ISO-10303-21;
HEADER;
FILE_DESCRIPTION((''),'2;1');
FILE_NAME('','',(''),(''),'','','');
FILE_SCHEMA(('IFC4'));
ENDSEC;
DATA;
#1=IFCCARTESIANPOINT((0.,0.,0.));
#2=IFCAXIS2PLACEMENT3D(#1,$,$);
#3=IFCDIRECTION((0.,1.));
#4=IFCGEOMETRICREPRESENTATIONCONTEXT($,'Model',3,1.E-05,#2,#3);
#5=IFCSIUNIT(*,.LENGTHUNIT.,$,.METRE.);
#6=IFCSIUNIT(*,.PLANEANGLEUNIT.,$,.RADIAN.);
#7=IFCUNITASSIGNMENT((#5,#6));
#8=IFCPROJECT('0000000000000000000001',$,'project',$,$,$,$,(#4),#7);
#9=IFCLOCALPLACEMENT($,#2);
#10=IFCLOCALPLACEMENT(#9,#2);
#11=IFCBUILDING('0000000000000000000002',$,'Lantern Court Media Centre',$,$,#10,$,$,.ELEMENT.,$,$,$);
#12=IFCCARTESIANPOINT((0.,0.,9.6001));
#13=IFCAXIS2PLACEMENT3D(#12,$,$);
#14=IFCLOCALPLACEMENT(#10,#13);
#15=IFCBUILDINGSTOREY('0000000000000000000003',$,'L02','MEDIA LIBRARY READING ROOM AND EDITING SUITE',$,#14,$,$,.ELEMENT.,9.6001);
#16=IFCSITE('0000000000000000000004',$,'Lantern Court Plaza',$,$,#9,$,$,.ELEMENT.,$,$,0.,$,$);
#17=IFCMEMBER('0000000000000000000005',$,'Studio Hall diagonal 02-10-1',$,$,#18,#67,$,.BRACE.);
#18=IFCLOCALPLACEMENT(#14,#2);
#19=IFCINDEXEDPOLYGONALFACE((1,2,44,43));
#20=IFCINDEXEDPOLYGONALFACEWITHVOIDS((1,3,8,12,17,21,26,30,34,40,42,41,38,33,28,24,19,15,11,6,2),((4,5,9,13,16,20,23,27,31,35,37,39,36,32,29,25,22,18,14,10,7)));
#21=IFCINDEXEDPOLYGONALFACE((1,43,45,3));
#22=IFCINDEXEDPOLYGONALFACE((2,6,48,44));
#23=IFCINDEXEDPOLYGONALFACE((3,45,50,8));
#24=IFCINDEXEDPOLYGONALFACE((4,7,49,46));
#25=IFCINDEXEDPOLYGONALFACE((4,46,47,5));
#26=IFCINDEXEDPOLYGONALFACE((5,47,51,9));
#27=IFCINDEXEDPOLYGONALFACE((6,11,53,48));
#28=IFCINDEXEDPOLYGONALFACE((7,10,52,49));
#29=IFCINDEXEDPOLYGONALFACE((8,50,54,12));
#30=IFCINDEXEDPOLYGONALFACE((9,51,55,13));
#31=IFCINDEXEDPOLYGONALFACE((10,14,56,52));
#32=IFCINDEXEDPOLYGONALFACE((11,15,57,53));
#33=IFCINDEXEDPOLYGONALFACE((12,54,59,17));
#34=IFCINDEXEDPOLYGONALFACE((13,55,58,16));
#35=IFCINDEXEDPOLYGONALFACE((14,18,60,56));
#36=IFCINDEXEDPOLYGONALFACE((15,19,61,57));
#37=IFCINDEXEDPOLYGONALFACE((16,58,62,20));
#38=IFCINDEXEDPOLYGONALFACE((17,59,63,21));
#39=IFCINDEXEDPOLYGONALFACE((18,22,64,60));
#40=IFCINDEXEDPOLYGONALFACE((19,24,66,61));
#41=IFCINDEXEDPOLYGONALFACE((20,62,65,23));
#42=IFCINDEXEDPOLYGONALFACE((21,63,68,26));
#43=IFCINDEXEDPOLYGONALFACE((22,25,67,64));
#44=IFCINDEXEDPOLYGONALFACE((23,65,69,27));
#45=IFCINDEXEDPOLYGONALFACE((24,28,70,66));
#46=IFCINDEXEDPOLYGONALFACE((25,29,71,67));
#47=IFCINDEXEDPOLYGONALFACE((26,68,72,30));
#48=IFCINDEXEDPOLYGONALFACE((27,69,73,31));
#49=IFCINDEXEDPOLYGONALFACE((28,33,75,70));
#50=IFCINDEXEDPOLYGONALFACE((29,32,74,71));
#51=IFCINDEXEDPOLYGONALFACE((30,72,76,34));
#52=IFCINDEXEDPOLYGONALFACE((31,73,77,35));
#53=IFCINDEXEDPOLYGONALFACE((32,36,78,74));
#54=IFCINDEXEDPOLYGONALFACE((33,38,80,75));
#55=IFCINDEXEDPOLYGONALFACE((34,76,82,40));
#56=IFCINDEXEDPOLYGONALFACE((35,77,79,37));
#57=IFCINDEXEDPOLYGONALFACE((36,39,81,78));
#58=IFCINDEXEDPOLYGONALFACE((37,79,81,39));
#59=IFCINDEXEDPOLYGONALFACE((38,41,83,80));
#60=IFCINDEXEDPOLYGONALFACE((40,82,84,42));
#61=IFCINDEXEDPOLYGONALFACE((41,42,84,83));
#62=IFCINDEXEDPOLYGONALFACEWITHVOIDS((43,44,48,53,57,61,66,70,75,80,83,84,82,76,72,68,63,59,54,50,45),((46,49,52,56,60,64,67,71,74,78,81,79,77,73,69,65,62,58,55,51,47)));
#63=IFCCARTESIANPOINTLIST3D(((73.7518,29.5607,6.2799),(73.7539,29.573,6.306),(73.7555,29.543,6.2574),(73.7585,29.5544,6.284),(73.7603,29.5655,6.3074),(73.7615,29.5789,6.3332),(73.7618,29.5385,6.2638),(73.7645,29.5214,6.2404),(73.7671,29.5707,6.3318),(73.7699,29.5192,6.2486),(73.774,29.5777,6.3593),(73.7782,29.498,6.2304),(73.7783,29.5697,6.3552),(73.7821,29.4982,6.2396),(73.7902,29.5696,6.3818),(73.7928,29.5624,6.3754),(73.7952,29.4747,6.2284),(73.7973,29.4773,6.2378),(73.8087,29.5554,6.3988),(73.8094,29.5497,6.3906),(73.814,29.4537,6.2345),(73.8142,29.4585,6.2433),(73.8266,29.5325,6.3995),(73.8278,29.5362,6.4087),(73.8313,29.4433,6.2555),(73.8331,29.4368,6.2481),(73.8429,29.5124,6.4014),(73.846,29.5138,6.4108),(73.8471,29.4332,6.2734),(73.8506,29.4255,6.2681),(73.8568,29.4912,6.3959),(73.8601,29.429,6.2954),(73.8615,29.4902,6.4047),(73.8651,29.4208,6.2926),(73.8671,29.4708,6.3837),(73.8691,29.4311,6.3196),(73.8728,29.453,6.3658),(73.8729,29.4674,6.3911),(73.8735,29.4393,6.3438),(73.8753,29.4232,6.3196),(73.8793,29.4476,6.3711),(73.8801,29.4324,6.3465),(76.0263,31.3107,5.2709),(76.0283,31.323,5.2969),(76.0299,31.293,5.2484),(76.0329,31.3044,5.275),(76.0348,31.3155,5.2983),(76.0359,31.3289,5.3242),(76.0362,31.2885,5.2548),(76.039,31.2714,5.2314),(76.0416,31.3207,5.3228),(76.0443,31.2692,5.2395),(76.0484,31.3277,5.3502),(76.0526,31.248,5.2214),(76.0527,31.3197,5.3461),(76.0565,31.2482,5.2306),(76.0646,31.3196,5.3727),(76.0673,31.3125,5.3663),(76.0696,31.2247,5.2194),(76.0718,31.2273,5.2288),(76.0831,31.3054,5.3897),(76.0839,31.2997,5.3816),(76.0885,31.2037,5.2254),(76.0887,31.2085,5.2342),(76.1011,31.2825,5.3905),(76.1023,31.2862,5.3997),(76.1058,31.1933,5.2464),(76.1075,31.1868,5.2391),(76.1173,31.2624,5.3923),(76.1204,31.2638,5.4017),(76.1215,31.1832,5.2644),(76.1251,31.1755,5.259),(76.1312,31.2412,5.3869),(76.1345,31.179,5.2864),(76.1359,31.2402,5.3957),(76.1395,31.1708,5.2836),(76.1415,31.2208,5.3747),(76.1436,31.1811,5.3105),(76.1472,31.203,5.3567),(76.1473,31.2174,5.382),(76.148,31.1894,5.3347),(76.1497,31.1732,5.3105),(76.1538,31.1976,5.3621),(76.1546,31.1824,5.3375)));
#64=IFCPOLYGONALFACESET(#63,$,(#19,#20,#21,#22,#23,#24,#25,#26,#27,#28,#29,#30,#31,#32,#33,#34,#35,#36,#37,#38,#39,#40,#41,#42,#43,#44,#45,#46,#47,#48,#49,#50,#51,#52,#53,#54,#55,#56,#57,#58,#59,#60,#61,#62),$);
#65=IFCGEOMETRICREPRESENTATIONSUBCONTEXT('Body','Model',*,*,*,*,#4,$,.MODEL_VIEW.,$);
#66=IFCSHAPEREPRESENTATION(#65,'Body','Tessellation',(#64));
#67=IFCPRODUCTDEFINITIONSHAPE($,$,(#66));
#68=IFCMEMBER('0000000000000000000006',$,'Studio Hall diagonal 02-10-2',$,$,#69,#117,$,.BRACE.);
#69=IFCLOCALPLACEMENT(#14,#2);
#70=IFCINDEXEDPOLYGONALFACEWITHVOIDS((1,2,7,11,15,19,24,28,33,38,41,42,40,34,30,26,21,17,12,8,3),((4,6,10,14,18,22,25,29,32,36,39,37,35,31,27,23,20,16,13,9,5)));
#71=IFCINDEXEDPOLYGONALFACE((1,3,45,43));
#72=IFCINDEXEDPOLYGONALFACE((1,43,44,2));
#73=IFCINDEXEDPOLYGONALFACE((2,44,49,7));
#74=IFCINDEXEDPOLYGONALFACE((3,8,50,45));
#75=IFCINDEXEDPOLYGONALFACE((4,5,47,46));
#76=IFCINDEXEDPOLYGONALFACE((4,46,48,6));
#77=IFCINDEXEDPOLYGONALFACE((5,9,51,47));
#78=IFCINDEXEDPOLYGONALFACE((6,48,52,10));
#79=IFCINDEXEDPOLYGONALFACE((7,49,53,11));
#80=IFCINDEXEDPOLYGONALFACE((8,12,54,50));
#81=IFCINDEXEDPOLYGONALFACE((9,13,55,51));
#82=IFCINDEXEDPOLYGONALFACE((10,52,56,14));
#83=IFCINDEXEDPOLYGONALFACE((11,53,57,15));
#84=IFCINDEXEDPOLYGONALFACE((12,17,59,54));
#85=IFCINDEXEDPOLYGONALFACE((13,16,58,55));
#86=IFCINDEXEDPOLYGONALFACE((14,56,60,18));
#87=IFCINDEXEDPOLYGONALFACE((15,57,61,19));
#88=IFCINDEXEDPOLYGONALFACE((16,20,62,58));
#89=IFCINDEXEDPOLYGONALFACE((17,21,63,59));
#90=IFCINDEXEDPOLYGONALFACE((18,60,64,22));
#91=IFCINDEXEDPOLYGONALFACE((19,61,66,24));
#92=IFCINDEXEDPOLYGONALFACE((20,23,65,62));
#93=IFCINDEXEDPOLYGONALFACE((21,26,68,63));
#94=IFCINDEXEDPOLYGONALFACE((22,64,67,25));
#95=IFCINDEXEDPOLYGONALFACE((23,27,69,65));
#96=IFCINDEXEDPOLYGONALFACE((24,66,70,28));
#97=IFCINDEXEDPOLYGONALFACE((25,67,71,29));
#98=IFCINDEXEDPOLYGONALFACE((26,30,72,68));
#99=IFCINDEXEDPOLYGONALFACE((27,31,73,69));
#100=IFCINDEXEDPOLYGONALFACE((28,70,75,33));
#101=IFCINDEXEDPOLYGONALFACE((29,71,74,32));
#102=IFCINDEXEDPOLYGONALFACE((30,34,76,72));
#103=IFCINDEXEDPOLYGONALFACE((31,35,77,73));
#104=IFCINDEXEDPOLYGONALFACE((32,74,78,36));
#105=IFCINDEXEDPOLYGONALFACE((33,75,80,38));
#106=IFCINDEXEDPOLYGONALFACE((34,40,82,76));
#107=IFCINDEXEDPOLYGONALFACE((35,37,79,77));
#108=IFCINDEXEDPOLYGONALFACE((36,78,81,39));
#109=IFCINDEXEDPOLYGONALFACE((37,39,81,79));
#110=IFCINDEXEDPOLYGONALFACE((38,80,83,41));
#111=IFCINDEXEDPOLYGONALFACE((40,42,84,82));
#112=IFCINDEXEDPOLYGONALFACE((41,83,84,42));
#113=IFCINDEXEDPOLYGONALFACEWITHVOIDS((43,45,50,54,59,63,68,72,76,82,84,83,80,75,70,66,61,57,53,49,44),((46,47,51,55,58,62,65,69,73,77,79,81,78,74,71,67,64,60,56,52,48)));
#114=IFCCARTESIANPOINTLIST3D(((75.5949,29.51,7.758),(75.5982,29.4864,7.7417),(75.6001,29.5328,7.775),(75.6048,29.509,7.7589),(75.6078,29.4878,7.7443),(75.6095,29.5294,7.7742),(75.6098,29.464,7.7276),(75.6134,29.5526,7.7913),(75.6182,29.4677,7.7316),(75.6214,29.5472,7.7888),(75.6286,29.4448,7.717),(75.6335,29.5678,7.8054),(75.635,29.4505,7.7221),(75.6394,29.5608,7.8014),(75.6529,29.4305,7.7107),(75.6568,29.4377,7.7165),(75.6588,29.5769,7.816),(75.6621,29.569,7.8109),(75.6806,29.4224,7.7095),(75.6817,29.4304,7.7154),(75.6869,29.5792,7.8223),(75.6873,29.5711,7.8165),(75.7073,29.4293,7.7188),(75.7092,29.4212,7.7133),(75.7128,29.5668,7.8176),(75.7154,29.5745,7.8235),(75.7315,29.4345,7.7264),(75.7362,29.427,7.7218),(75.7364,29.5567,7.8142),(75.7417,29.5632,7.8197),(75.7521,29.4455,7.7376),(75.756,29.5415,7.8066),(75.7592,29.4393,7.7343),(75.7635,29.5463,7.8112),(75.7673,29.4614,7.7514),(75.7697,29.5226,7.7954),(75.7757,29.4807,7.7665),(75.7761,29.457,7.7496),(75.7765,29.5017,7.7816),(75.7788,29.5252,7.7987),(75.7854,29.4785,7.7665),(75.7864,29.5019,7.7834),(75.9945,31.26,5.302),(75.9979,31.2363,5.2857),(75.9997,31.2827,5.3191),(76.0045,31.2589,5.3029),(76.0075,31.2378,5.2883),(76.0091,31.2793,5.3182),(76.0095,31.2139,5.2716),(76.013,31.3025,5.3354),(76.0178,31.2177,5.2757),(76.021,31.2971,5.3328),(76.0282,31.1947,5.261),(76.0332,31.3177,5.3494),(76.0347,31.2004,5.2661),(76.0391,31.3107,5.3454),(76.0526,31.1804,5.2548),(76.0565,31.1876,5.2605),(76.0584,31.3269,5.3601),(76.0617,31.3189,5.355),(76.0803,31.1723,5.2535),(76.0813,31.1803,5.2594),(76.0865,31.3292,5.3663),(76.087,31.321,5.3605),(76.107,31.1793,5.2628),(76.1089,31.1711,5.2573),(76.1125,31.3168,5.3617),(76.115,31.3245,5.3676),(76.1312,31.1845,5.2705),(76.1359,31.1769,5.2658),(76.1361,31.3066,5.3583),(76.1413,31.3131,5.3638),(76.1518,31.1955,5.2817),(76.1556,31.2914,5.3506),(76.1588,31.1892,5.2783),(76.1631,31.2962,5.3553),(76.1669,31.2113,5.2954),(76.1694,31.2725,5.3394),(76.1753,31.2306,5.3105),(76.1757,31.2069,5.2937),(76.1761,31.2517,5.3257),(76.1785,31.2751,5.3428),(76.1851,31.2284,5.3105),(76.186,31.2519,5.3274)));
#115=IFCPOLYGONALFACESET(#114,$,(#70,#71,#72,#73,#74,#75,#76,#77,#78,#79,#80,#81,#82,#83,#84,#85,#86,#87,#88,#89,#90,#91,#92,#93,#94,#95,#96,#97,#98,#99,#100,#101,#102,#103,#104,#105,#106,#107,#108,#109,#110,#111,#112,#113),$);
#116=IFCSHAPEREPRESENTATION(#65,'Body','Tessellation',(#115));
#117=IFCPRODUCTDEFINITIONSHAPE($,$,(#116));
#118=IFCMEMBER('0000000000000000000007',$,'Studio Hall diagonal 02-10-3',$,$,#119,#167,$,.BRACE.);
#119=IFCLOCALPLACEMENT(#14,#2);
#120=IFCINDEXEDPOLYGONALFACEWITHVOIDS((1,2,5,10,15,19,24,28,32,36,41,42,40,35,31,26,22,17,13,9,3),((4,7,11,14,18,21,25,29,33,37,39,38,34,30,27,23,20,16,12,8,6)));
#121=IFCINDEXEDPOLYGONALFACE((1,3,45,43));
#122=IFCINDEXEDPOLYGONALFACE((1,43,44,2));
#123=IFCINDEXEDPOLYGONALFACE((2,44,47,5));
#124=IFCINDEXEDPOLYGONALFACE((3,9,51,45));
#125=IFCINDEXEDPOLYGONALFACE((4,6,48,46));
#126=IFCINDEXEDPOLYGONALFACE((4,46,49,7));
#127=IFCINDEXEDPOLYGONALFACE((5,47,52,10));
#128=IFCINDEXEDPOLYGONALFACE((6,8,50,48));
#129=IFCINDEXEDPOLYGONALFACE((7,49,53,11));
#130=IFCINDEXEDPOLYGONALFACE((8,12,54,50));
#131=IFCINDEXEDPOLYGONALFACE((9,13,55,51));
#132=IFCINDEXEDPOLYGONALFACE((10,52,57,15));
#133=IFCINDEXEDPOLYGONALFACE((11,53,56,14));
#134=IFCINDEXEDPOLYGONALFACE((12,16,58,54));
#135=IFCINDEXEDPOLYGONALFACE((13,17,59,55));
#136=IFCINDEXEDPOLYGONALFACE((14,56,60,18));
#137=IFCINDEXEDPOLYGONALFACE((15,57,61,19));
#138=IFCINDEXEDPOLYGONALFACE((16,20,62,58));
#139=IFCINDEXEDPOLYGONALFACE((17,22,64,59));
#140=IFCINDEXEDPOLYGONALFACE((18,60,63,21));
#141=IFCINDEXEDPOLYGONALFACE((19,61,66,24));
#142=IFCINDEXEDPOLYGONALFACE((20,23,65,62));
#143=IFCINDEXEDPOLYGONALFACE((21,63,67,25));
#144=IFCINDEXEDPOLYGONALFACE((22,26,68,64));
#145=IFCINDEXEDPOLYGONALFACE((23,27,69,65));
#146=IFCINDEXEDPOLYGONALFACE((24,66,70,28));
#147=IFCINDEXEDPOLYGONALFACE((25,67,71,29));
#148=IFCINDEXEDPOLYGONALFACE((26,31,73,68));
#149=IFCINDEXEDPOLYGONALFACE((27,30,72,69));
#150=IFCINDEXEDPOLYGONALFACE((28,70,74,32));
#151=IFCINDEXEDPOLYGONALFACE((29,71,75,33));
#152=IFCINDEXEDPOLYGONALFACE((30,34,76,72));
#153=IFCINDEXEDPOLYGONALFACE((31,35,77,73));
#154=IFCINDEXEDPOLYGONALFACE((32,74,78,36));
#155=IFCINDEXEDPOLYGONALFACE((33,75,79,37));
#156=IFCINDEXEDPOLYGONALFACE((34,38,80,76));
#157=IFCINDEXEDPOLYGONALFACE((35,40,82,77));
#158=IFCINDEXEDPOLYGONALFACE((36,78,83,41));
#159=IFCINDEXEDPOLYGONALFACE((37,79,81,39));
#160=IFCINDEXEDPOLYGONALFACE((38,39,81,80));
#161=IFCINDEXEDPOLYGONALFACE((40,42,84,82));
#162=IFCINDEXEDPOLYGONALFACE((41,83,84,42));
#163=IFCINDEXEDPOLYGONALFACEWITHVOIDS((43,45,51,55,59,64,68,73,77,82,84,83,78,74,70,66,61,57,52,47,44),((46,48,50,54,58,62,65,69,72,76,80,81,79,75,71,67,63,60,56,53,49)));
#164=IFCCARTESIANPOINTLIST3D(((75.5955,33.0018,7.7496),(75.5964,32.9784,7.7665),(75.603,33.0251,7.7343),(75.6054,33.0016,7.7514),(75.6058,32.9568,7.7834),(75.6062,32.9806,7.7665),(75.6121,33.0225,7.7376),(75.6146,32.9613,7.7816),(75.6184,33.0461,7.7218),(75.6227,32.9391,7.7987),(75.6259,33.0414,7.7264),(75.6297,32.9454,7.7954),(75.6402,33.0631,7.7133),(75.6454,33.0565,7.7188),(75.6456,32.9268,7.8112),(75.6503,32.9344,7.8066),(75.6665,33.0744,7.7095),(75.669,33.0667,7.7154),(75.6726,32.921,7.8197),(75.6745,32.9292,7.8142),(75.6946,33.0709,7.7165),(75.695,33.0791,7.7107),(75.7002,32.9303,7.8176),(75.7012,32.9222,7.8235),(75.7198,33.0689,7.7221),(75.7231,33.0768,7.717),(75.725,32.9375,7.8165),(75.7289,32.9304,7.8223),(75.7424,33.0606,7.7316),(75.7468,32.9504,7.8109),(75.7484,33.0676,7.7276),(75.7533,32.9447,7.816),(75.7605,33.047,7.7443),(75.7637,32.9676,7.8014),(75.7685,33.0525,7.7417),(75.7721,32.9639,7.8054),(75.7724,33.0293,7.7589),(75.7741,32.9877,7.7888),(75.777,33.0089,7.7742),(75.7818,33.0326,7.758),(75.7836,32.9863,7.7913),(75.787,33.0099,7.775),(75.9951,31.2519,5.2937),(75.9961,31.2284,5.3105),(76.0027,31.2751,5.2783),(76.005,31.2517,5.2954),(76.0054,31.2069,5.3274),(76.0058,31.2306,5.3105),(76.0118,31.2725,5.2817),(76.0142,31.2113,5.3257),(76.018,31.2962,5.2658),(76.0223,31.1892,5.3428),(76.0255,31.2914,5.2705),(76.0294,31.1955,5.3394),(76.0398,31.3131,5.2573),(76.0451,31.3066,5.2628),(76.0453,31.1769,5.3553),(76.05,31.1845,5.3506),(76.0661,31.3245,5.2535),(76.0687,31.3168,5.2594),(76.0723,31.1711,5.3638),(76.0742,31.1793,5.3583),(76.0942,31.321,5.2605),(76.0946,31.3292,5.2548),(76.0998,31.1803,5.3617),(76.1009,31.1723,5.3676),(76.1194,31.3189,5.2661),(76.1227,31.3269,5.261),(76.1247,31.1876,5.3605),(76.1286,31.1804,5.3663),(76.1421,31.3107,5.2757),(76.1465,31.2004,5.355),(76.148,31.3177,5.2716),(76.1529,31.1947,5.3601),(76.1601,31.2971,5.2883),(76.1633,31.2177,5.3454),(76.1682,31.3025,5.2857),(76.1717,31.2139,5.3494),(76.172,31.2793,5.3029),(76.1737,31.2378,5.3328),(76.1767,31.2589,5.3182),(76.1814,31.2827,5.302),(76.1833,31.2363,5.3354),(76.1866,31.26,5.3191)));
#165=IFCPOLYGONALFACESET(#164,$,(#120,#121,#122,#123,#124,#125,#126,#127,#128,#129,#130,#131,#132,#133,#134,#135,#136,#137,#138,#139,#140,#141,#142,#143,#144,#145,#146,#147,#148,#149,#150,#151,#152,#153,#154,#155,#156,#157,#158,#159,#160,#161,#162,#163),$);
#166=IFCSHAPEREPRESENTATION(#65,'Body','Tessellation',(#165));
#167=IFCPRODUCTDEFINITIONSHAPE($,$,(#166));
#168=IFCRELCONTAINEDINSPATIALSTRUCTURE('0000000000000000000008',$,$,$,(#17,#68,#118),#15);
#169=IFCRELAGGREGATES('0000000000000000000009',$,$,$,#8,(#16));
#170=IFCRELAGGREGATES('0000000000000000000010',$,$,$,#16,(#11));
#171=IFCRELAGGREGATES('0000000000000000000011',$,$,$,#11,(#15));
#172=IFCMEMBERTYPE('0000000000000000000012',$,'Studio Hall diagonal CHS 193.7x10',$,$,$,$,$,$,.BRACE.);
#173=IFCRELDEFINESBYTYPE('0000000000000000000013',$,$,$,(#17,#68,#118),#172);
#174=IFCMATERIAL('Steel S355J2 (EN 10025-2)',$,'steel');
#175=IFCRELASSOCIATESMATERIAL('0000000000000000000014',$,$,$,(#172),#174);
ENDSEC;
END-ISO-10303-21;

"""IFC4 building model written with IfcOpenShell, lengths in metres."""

from ifc_helpers import new_model, si_unit, direction, frame, origin, origin_2d, place, context, subcontext, project, spatial, hollow_circle, extrude, material, material_profile, profile_set, type_object, element, save


model = new_model("IFC4")

# Units and contexts
model_context = context("Model", 3, precision=1e-05, world=origin(), true_north=direction((0.0, 1.0)))
body_context = subcontext(model_context, "Body", "Model", "MODEL_VIEW")
ifc_project = project(units=[si_unit("LENGTHUNIT", "METRE"), si_unit("PLANEANGLEUNIT", "RADIAN")], contexts=[model_context])

# Site, building, storey
site_placement = place(None, origin())
site = spatial("IfcSite", under=ifc_project, at=site_placement, Name="Lantern Court Plaza", CompositionType="ELEMENT", RefElevation=0.0)
building_placement = place(site_placement, origin())
building = spatial("IfcBuilding", under=site, at=building_placement, Name="Lantern Court Media Centre", CompositionType="ELEMENT")
storey_placement = place(building_placement, frame((0.0, 0.0, 9.6001)))
storey = spatial("IfcBuildingStorey", under=building, at=storey_placement, Name="L02", Description="MEDIA LIBRARY READING ROOM AND EDITING SUITE", CompositionType="ELEMENT", Elevation=9.6001)

# Members
ifc_material = material(Name="Steel S355J2 (EN 10025-2)", Category="steel")
ifc_material_profile_1 = material_profile(ifc_material, hollow_circle(Radius=0.0969, WallThickness=0.01, at=origin_2d()), Name="Studio Hall diagonal CHS 193.7x10")
ifc_profile_set_1 = profile_set([ifc_material_profile_1], Name="Steel S355J2 (EN 10025-2)")
member_type_1 = type_object("IfcMemberType", Name="Studio Hall diagonal CHS 193.7x10", PredefinedType="BRACE", material=ifc_profile_set_1)
for number, where, z_axis, x_axis, name in (
    (1, (76.0906, 31.25, 5.3105), (-0.747677, -0.575284, 0.331703), (0.609809, -0.792548, 0.0), "Studio Hall diagonal 02-10-1"),
    (2, (76.0906, 31.25, 5.3105), (-0.131375, -0.575259, 0.807352), (0.9749, -0.222644, 0.0), "Studio Hall diagonal 02-10-2"),
    (3, (76.0906, 31.25, 5.3105), (-0.131375, 0.575259, 0.807352), (-0.9749, -0.222644, 0.0), "Studio Hall diagonal 02-10-3"),
):
    element("IfcMember", number, at=place(storey_placement, frame(where, z_axis=z_axis, x_axis=x_axis)), inside=storey, type_object=member_type_1, Name=name, PredefinedType="BRACE", context=body_context, shape_type="SweptSolid", body=[
        extrude(hollow_circle(Radius=0.0969, WallThickness=0.01, at=origin_2d()), origin(), (0.0, 0.0, 1.0), 3.042),
    ])

save(model, "model.ifc")
